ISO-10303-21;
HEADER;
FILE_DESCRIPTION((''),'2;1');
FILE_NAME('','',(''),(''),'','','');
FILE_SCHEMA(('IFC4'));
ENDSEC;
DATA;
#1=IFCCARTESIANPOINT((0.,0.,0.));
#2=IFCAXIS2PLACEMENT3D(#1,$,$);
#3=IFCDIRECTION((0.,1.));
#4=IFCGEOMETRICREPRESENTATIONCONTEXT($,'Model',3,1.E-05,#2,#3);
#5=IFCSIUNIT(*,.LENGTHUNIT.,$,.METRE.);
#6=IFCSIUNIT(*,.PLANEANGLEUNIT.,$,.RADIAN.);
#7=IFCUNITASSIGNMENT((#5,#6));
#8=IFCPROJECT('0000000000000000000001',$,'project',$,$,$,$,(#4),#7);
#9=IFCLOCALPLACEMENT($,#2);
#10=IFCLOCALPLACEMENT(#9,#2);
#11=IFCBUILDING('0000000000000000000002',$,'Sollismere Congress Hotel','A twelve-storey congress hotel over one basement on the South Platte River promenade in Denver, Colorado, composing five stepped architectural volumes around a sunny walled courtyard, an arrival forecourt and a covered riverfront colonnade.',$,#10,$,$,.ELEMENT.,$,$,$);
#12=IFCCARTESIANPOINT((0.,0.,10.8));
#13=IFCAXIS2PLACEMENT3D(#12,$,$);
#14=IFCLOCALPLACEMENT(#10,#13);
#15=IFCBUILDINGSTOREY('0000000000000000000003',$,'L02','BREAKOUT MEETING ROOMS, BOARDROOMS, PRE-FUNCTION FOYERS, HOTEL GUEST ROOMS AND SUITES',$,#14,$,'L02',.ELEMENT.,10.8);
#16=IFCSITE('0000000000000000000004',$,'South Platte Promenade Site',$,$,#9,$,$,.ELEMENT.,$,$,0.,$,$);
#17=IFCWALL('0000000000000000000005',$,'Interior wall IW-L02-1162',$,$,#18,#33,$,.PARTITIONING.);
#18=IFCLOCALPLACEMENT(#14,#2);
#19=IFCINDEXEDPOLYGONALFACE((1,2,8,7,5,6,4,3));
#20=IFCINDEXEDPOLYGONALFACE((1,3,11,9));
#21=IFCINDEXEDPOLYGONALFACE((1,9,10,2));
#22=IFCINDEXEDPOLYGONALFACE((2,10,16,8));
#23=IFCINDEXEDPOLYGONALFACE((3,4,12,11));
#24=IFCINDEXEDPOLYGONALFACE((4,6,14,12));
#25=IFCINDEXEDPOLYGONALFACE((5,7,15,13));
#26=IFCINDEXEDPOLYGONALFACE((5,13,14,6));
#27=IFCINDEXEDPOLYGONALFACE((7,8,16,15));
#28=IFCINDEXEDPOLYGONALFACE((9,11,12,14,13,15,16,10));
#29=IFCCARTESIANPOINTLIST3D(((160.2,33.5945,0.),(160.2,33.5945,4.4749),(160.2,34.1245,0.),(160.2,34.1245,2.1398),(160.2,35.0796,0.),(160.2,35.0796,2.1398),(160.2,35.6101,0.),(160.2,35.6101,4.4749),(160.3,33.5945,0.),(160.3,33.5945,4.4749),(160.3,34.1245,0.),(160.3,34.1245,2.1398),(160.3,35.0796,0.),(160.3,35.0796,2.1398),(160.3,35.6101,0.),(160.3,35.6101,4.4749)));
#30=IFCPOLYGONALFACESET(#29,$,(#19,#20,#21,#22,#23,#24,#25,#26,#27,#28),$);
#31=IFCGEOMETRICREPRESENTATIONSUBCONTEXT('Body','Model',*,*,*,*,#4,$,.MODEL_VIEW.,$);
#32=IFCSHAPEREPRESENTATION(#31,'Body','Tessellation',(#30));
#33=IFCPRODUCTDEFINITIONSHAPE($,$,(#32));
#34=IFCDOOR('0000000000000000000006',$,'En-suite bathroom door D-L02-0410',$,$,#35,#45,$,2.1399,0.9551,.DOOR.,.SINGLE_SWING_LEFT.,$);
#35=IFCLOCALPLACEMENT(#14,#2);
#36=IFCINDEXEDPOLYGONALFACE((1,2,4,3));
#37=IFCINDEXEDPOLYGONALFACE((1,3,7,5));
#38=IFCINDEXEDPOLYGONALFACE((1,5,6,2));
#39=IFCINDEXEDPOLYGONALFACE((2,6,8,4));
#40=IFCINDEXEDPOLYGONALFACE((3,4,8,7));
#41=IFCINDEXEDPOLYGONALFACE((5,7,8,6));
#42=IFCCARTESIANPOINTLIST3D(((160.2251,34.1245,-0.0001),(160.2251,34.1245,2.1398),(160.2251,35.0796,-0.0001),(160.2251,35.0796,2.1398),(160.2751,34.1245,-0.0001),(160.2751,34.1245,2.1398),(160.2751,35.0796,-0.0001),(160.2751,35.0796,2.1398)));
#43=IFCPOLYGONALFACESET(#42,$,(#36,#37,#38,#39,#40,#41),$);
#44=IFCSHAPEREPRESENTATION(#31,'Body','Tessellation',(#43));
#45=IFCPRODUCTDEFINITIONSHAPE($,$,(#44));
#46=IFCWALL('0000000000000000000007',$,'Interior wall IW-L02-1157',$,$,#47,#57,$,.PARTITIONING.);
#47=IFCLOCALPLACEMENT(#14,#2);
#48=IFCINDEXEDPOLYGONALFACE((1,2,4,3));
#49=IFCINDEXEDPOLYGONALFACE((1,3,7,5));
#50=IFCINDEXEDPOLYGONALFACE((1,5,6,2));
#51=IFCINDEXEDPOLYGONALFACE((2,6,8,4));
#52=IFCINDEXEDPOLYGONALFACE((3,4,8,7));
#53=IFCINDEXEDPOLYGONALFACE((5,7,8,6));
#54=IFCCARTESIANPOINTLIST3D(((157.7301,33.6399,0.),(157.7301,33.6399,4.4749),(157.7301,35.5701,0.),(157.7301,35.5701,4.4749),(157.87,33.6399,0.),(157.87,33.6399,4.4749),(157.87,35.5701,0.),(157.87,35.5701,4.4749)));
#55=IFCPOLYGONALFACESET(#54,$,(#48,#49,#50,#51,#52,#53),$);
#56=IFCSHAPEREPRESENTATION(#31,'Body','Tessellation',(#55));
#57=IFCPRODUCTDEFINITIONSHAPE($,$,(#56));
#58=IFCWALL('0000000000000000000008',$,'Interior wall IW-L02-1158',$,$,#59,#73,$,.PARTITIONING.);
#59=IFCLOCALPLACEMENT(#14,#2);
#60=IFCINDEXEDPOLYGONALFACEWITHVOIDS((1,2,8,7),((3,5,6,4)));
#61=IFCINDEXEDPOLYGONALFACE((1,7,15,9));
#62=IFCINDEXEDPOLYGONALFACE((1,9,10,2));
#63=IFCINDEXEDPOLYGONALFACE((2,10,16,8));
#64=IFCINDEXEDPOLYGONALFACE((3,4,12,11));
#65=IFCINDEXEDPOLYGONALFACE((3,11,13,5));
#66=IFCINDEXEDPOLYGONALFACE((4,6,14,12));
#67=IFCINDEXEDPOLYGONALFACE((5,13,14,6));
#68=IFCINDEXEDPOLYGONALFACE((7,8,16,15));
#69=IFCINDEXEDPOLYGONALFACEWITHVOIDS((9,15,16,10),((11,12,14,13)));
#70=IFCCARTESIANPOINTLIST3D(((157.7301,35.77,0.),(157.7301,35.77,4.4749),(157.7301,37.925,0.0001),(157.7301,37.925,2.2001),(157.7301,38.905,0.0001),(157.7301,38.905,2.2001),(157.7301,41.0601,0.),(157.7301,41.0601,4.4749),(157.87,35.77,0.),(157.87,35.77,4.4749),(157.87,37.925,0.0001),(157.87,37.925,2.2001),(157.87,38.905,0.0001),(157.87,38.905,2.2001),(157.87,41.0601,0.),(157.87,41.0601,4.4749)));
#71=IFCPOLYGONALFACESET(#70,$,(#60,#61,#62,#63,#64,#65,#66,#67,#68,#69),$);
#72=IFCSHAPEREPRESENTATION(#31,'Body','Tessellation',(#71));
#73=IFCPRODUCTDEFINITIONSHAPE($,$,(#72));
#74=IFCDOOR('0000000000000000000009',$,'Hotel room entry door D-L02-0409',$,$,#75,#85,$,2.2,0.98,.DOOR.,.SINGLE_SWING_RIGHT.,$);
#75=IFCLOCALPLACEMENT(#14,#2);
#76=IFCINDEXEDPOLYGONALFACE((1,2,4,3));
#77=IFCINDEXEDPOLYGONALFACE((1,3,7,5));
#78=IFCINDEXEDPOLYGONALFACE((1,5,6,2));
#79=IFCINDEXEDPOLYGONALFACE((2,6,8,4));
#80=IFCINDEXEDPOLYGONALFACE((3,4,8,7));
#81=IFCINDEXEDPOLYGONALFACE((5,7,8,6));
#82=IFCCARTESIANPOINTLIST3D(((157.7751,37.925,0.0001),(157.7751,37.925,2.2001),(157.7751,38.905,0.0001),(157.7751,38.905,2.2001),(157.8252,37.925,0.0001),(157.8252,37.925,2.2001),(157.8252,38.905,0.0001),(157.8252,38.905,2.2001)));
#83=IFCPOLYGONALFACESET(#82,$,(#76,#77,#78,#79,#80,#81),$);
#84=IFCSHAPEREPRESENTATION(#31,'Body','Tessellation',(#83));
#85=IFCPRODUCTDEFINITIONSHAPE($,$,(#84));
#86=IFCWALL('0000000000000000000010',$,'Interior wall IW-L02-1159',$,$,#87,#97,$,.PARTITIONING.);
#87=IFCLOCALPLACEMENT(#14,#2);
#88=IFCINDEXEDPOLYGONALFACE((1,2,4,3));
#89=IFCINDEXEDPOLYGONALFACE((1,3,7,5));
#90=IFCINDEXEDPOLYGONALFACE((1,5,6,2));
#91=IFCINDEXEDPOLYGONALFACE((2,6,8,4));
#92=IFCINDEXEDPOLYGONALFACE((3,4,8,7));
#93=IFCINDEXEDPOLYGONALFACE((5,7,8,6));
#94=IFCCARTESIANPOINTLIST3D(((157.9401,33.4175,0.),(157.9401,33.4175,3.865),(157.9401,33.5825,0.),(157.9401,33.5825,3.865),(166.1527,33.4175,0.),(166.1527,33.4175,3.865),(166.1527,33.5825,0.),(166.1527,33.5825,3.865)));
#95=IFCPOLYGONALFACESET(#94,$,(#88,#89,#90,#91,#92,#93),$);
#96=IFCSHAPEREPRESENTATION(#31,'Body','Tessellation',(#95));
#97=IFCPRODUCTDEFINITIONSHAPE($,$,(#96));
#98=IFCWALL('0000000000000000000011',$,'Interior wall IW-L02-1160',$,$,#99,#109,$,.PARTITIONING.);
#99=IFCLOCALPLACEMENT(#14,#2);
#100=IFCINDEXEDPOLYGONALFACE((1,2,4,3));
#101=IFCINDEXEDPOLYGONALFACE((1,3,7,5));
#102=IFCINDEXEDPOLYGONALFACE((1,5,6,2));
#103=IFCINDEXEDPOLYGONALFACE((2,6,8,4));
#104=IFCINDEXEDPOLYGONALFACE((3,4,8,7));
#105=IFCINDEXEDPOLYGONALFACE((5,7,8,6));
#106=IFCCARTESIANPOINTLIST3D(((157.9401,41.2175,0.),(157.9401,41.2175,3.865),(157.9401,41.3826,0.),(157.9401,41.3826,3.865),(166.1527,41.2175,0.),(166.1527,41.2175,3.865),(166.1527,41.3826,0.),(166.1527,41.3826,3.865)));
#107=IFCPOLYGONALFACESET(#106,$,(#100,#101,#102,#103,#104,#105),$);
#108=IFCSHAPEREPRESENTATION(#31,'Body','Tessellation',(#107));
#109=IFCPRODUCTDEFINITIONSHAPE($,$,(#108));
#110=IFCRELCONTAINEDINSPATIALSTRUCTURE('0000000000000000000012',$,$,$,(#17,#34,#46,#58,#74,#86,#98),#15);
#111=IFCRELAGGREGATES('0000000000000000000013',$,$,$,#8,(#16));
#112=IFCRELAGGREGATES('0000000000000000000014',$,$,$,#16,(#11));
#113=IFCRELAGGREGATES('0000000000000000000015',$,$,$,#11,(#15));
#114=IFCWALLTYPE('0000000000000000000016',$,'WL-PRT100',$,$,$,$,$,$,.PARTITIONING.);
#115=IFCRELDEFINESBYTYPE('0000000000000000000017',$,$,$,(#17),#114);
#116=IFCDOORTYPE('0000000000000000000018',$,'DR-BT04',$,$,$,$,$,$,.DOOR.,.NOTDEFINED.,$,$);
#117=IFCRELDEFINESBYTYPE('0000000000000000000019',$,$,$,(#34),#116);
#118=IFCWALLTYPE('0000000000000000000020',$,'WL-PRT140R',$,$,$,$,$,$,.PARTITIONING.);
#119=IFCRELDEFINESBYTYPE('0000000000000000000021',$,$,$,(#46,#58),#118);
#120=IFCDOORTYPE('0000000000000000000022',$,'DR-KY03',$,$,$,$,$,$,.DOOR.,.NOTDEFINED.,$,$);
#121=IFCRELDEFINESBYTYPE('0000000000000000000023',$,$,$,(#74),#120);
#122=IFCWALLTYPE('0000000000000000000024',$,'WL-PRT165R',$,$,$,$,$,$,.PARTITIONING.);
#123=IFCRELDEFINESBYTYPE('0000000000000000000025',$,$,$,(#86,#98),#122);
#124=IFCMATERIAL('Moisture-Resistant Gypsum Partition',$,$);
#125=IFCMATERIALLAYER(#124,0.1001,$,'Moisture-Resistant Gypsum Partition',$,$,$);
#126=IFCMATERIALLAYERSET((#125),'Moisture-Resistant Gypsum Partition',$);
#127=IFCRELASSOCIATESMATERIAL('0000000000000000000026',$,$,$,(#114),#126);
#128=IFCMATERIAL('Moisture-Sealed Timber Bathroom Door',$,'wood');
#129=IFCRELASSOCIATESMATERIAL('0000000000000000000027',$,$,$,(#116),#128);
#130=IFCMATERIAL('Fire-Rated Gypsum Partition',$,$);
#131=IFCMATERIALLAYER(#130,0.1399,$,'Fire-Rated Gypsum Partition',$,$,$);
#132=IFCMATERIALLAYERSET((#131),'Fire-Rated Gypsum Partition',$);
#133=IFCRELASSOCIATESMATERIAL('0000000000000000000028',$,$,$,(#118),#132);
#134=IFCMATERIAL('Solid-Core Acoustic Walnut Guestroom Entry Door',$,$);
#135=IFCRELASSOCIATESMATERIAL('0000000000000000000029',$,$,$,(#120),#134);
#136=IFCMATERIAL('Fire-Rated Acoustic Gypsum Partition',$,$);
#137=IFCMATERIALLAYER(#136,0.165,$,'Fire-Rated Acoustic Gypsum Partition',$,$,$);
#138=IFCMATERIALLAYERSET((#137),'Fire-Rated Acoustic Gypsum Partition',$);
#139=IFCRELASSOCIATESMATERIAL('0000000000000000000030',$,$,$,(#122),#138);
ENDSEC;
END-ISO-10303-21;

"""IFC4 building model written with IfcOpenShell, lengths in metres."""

from ifc_helpers import new_model, si_unit, direction, frame, frame_2d, origin, place, context, subcontext, project, spatial, rectangle, extrude, material, layer, layer_set, type_object, element, fill, save


model = new_model("IFC4")

# Units and contexts
model_context = context("Model", 3, precision=1e-05, world=origin(), true_north=direction((0.0, 1.0)))
body_context = subcontext(model_context, "Body", "Model", "MODEL_VIEW")
ifc_project = project(units=[si_unit("LENGTHUNIT", "METRE"), si_unit("PLANEANGLEUNIT", "RADIAN")], contexts=[model_context])

# Site, building, storey
site_placement = place(None, origin())
site = spatial("IfcSite", under=ifc_project, at=site_placement, Name="South Platte Promenade Site", CompositionType="ELEMENT", RefElevation=0.0)
building_placement = place(site_placement, origin())
building = spatial("IfcBuilding", under=site, at=building_placement, Name="Sollismere Congress Hotel", Description="A twelve-storey congress hotel over one basement on the South Platte River promenade in Denver, Colorado, composing five stepped architectural volumes around a sunny walled courtyard, an arrival forecourt and a covered riverfront colonnade.", CompositionType="ELEMENT")
storey_placement = place(building_placement, frame((0.0, 0.0, 10.8)))
storey = spatial("IfcBuildingStorey", under=building, at=storey_placement, Name="L02", Description="BREAKOUT MEETING ROOMS, BOARDROOMS, PRE-FUNCTION FOYERS, HOTEL GUEST ROOMS AND SUITES", LongName="L02", CompositionType="ELEMENT", Elevation=10.8)

# Wall, opening, door
ifc_material_1 = material(Name="Moisture-Resistant Gypsum Partition")
ifc_layer_1 = layer(ifc_material_1, 0.1001, Name="Moisture-Resistant Gypsum Partition")
ifc_layer_set_1 = layer_set([ifc_layer_1], Name="Moisture-Resistant Gypsum Partition")
wall_type_1 = type_object("IfcWallType", Name="WL-PRT100", PredefinedType="PARTITIONING", material=ifc_layer_set_1)
wall_1_placement = place(storey_placement, frame((160.25, 33.5945, 0.0), z_axis=(0.0, 0.0, 1.0), x_axis=(0.0, 1.0, 0.0)))
wall_1 = element("IfcWall", 1, at=wall_1_placement, inside=storey, type_object=wall_type_1, Name="Interior wall IW-L02-1162", PredefinedType="PARTITIONING", context=body_context, shape_type="SweptSolid", body=[
    extrude(rectangle(XDim=2.0156, YDim=0.1001, at=frame_2d((1.0078, 0.0))), origin(), (0.0, 0.0, 1.0), 4.4749),
])
opening_1_placement = place(wall_1_placement, frame((0.53, 0.0, 0.0)))
opening_1 = element("IfcOpeningElement", 2, at=opening_1_placement, cuts=wall_1, PredefinedType="OPENING", context=body_context, shape_type="SweptSolid", body=[
    extrude(rectangle(XDim=0.9551, YDim=2.1399, at=frame_2d((0.4775, 1.0698))), frame((0.0, 0.0601, 0.0), z_axis=(0.0, -1.0, 0.0), x_axis=(1.0, 0.0, 0.0)), (0.0, 0.0, 1.0), 0.1201),
])
ifc_material_2 = material(Name="Moisture-Sealed Timber Bathroom Door", Category="wood")
door_type_1 = type_object("IfcDoorType", Name="DR-BT04", OperationType="NOTDEFINED", PredefinedType="DOOR", material=ifc_material_2)
door_1_placement = place(opening_1_placement, origin())
door_1 = element("IfcDoor", 3, at=door_1_placement, inside=storey, type_object=door_type_1, Name="En-suite bathroom door D-L02-0410", OperationType="SINGLE_SWING_LEFT", OverallHeight=2.1399, OverallWidth=0.9551, PredefinedType="DOOR", context=body_context, shape_type="SweptSolid", body=[
    extrude(rectangle(XDim=0.9551, YDim=2.1399, at=frame_2d((0.4775, 1.0698))), frame((0.0, 0.0249, 0.0), z_axis=(0.0, -1.0, 0.0), x_axis=(1.0, 0.0, 0.0)), (0.0, 0.0, 1.0), 0.05),
])
fill(opening_1, door_1)

# Wall
ifc_material_3 = material(Name="Fire-Rated Gypsum Partition")
ifc_layer_2 = layer(ifc_material_3, 0.1399, Name="Fire-Rated Gypsum Partition")
ifc_layer_set_2 = layer_set([ifc_layer_2], Name="Fire-Rated Gypsum Partition")
wall_type_2 = type_object("IfcWallType", Name="WL-PRT140R", PredefinedType="PARTITIONING", material=ifc_layer_set_2)
wall_2_placement = place(storey_placement, frame((157.8, 33.6399, 0.0), z_axis=(0.0, 0.0, 1.0), x_axis=(0.0, 1.0, 0.0)))
element("IfcWall", 4, at=wall_2_placement, inside=storey, type_object=wall_type_2, Name="Interior wall IW-L02-1157", PredefinedType="PARTITIONING", context=body_context, shape_type="SweptSolid", body=[
    extrude(rectangle(XDim=1.9302, YDim=0.1399, at=frame_2d((0.9651, 0.0))), origin(), (0.0, 0.0, 1.0), 4.4749),
])

# Wall, opening, door
wall_3_placement = place(storey_placement, frame((157.8, 35.77, 0.0), z_axis=(0.0, 0.0, 1.0), x_axis=(0.0, 1.0, 0.0)))
wall_3 = element("IfcWall", 5, at=wall_3_placement, inside=storey, type_object=wall_type_2, Name="Interior wall IW-L02-1158", PredefinedType="PARTITIONING", context=body_context, shape_type="SweptSolid", body=[
    extrude(rectangle(XDim=5.29, YDim=0.1399, at=frame_2d((2.645, 0.0))), origin(), (0.0, 0.0, 1.0), 4.4749),
])
opening_2_placement = place(wall_3_placement, frame((2.155, 0.0, 0.0)))
opening_2 = element("IfcOpeningElement", 6, at=opening_2_placement, cuts=wall_3, PredefinedType="OPENING", context=body_context, shape_type="SweptSolid", body=[
    extrude(rectangle(XDim=0.98, YDim=2.2, at=frame_2d((0.49, 1.1001))), frame((0.0, 0.0798, 0.0), z_axis=(0.0, -1.0, 0.0), x_axis=(1.0, 0.0, 0.0)), (0.0, 0.0, 1.0), 0.1599),
])
ifc_material_4 = material(Name="Solid-Core Acoustic Walnut Guestroom Entry Door")
door_type_2 = type_object("IfcDoorType", Name="DR-KY03", OperationType="NOTDEFINED", PredefinedType="DOOR", material=ifc_material_4)
door_2_placement = place(opening_2_placement, origin())
door_2 = element("IfcDoor", 7, at=door_2_placement, inside=storey, type_object=door_type_2, Name="Hotel room entry door D-L02-0409", OperationType="SINGLE_SWING_RIGHT", OverallHeight=2.2, OverallWidth=0.98, PredefinedType="DOOR", context=body_context, shape_type="SweptSolid", body=[
    extrude(rectangle(XDim=0.98, YDim=2.2, at=frame_2d((0.49, 1.1001))), frame((0.0, 0.0249, 0.0), z_axis=(0.0, -1.0, 0.0), x_axis=(1.0, 0.0, 0.0)), (0.0, 0.0, 1.0), 0.05),
])
fill(opening_2, door_2)

# Walls
ifc_material_5 = material(Name="Fire-Rated Acoustic Gypsum Partition")
ifc_layer_3 = layer(ifc_material_5, 0.165, Name="Fire-Rated Acoustic Gypsum Partition")
ifc_layer_set_3 = layer_set([ifc_layer_3], Name="Fire-Rated Acoustic Gypsum Partition")
wall_type_3 = type_object("IfcWallType", Name="WL-PRT165R", PredefinedType="PARTITIONING", material=ifc_layer_set_3)
for number, where, z_axis, x_axis, name in (
    (8, (157.9399, 33.5, 0.0), (0.0, 0.0, 1.0), (1.0, 0.0, 0.0), "Interior wall IW-L02-1159"),
    (9, (157.9399, 41.3, 0.0), (0.0, 0.0, 1.0), (1.0, 0.0, 0.0), "Interior wall IW-L02-1160"),
):
    element("IfcWall", number, at=place(storey_placement, frame(where, z_axis=z_axis, x_axis=x_axis)), inside=storey, type_object=wall_type_3, Name=name, PredefinedType="PARTITIONING", context=body_context, shape_type="SweptSolid", body=[
        extrude(rectangle(XDim=8.2126, YDim=0.165, at=frame_2d((4.1064, 0.0))), origin(), (0.0, 0.0, 1.0), 3.865),
    ])

save(model, "model.ifc")
